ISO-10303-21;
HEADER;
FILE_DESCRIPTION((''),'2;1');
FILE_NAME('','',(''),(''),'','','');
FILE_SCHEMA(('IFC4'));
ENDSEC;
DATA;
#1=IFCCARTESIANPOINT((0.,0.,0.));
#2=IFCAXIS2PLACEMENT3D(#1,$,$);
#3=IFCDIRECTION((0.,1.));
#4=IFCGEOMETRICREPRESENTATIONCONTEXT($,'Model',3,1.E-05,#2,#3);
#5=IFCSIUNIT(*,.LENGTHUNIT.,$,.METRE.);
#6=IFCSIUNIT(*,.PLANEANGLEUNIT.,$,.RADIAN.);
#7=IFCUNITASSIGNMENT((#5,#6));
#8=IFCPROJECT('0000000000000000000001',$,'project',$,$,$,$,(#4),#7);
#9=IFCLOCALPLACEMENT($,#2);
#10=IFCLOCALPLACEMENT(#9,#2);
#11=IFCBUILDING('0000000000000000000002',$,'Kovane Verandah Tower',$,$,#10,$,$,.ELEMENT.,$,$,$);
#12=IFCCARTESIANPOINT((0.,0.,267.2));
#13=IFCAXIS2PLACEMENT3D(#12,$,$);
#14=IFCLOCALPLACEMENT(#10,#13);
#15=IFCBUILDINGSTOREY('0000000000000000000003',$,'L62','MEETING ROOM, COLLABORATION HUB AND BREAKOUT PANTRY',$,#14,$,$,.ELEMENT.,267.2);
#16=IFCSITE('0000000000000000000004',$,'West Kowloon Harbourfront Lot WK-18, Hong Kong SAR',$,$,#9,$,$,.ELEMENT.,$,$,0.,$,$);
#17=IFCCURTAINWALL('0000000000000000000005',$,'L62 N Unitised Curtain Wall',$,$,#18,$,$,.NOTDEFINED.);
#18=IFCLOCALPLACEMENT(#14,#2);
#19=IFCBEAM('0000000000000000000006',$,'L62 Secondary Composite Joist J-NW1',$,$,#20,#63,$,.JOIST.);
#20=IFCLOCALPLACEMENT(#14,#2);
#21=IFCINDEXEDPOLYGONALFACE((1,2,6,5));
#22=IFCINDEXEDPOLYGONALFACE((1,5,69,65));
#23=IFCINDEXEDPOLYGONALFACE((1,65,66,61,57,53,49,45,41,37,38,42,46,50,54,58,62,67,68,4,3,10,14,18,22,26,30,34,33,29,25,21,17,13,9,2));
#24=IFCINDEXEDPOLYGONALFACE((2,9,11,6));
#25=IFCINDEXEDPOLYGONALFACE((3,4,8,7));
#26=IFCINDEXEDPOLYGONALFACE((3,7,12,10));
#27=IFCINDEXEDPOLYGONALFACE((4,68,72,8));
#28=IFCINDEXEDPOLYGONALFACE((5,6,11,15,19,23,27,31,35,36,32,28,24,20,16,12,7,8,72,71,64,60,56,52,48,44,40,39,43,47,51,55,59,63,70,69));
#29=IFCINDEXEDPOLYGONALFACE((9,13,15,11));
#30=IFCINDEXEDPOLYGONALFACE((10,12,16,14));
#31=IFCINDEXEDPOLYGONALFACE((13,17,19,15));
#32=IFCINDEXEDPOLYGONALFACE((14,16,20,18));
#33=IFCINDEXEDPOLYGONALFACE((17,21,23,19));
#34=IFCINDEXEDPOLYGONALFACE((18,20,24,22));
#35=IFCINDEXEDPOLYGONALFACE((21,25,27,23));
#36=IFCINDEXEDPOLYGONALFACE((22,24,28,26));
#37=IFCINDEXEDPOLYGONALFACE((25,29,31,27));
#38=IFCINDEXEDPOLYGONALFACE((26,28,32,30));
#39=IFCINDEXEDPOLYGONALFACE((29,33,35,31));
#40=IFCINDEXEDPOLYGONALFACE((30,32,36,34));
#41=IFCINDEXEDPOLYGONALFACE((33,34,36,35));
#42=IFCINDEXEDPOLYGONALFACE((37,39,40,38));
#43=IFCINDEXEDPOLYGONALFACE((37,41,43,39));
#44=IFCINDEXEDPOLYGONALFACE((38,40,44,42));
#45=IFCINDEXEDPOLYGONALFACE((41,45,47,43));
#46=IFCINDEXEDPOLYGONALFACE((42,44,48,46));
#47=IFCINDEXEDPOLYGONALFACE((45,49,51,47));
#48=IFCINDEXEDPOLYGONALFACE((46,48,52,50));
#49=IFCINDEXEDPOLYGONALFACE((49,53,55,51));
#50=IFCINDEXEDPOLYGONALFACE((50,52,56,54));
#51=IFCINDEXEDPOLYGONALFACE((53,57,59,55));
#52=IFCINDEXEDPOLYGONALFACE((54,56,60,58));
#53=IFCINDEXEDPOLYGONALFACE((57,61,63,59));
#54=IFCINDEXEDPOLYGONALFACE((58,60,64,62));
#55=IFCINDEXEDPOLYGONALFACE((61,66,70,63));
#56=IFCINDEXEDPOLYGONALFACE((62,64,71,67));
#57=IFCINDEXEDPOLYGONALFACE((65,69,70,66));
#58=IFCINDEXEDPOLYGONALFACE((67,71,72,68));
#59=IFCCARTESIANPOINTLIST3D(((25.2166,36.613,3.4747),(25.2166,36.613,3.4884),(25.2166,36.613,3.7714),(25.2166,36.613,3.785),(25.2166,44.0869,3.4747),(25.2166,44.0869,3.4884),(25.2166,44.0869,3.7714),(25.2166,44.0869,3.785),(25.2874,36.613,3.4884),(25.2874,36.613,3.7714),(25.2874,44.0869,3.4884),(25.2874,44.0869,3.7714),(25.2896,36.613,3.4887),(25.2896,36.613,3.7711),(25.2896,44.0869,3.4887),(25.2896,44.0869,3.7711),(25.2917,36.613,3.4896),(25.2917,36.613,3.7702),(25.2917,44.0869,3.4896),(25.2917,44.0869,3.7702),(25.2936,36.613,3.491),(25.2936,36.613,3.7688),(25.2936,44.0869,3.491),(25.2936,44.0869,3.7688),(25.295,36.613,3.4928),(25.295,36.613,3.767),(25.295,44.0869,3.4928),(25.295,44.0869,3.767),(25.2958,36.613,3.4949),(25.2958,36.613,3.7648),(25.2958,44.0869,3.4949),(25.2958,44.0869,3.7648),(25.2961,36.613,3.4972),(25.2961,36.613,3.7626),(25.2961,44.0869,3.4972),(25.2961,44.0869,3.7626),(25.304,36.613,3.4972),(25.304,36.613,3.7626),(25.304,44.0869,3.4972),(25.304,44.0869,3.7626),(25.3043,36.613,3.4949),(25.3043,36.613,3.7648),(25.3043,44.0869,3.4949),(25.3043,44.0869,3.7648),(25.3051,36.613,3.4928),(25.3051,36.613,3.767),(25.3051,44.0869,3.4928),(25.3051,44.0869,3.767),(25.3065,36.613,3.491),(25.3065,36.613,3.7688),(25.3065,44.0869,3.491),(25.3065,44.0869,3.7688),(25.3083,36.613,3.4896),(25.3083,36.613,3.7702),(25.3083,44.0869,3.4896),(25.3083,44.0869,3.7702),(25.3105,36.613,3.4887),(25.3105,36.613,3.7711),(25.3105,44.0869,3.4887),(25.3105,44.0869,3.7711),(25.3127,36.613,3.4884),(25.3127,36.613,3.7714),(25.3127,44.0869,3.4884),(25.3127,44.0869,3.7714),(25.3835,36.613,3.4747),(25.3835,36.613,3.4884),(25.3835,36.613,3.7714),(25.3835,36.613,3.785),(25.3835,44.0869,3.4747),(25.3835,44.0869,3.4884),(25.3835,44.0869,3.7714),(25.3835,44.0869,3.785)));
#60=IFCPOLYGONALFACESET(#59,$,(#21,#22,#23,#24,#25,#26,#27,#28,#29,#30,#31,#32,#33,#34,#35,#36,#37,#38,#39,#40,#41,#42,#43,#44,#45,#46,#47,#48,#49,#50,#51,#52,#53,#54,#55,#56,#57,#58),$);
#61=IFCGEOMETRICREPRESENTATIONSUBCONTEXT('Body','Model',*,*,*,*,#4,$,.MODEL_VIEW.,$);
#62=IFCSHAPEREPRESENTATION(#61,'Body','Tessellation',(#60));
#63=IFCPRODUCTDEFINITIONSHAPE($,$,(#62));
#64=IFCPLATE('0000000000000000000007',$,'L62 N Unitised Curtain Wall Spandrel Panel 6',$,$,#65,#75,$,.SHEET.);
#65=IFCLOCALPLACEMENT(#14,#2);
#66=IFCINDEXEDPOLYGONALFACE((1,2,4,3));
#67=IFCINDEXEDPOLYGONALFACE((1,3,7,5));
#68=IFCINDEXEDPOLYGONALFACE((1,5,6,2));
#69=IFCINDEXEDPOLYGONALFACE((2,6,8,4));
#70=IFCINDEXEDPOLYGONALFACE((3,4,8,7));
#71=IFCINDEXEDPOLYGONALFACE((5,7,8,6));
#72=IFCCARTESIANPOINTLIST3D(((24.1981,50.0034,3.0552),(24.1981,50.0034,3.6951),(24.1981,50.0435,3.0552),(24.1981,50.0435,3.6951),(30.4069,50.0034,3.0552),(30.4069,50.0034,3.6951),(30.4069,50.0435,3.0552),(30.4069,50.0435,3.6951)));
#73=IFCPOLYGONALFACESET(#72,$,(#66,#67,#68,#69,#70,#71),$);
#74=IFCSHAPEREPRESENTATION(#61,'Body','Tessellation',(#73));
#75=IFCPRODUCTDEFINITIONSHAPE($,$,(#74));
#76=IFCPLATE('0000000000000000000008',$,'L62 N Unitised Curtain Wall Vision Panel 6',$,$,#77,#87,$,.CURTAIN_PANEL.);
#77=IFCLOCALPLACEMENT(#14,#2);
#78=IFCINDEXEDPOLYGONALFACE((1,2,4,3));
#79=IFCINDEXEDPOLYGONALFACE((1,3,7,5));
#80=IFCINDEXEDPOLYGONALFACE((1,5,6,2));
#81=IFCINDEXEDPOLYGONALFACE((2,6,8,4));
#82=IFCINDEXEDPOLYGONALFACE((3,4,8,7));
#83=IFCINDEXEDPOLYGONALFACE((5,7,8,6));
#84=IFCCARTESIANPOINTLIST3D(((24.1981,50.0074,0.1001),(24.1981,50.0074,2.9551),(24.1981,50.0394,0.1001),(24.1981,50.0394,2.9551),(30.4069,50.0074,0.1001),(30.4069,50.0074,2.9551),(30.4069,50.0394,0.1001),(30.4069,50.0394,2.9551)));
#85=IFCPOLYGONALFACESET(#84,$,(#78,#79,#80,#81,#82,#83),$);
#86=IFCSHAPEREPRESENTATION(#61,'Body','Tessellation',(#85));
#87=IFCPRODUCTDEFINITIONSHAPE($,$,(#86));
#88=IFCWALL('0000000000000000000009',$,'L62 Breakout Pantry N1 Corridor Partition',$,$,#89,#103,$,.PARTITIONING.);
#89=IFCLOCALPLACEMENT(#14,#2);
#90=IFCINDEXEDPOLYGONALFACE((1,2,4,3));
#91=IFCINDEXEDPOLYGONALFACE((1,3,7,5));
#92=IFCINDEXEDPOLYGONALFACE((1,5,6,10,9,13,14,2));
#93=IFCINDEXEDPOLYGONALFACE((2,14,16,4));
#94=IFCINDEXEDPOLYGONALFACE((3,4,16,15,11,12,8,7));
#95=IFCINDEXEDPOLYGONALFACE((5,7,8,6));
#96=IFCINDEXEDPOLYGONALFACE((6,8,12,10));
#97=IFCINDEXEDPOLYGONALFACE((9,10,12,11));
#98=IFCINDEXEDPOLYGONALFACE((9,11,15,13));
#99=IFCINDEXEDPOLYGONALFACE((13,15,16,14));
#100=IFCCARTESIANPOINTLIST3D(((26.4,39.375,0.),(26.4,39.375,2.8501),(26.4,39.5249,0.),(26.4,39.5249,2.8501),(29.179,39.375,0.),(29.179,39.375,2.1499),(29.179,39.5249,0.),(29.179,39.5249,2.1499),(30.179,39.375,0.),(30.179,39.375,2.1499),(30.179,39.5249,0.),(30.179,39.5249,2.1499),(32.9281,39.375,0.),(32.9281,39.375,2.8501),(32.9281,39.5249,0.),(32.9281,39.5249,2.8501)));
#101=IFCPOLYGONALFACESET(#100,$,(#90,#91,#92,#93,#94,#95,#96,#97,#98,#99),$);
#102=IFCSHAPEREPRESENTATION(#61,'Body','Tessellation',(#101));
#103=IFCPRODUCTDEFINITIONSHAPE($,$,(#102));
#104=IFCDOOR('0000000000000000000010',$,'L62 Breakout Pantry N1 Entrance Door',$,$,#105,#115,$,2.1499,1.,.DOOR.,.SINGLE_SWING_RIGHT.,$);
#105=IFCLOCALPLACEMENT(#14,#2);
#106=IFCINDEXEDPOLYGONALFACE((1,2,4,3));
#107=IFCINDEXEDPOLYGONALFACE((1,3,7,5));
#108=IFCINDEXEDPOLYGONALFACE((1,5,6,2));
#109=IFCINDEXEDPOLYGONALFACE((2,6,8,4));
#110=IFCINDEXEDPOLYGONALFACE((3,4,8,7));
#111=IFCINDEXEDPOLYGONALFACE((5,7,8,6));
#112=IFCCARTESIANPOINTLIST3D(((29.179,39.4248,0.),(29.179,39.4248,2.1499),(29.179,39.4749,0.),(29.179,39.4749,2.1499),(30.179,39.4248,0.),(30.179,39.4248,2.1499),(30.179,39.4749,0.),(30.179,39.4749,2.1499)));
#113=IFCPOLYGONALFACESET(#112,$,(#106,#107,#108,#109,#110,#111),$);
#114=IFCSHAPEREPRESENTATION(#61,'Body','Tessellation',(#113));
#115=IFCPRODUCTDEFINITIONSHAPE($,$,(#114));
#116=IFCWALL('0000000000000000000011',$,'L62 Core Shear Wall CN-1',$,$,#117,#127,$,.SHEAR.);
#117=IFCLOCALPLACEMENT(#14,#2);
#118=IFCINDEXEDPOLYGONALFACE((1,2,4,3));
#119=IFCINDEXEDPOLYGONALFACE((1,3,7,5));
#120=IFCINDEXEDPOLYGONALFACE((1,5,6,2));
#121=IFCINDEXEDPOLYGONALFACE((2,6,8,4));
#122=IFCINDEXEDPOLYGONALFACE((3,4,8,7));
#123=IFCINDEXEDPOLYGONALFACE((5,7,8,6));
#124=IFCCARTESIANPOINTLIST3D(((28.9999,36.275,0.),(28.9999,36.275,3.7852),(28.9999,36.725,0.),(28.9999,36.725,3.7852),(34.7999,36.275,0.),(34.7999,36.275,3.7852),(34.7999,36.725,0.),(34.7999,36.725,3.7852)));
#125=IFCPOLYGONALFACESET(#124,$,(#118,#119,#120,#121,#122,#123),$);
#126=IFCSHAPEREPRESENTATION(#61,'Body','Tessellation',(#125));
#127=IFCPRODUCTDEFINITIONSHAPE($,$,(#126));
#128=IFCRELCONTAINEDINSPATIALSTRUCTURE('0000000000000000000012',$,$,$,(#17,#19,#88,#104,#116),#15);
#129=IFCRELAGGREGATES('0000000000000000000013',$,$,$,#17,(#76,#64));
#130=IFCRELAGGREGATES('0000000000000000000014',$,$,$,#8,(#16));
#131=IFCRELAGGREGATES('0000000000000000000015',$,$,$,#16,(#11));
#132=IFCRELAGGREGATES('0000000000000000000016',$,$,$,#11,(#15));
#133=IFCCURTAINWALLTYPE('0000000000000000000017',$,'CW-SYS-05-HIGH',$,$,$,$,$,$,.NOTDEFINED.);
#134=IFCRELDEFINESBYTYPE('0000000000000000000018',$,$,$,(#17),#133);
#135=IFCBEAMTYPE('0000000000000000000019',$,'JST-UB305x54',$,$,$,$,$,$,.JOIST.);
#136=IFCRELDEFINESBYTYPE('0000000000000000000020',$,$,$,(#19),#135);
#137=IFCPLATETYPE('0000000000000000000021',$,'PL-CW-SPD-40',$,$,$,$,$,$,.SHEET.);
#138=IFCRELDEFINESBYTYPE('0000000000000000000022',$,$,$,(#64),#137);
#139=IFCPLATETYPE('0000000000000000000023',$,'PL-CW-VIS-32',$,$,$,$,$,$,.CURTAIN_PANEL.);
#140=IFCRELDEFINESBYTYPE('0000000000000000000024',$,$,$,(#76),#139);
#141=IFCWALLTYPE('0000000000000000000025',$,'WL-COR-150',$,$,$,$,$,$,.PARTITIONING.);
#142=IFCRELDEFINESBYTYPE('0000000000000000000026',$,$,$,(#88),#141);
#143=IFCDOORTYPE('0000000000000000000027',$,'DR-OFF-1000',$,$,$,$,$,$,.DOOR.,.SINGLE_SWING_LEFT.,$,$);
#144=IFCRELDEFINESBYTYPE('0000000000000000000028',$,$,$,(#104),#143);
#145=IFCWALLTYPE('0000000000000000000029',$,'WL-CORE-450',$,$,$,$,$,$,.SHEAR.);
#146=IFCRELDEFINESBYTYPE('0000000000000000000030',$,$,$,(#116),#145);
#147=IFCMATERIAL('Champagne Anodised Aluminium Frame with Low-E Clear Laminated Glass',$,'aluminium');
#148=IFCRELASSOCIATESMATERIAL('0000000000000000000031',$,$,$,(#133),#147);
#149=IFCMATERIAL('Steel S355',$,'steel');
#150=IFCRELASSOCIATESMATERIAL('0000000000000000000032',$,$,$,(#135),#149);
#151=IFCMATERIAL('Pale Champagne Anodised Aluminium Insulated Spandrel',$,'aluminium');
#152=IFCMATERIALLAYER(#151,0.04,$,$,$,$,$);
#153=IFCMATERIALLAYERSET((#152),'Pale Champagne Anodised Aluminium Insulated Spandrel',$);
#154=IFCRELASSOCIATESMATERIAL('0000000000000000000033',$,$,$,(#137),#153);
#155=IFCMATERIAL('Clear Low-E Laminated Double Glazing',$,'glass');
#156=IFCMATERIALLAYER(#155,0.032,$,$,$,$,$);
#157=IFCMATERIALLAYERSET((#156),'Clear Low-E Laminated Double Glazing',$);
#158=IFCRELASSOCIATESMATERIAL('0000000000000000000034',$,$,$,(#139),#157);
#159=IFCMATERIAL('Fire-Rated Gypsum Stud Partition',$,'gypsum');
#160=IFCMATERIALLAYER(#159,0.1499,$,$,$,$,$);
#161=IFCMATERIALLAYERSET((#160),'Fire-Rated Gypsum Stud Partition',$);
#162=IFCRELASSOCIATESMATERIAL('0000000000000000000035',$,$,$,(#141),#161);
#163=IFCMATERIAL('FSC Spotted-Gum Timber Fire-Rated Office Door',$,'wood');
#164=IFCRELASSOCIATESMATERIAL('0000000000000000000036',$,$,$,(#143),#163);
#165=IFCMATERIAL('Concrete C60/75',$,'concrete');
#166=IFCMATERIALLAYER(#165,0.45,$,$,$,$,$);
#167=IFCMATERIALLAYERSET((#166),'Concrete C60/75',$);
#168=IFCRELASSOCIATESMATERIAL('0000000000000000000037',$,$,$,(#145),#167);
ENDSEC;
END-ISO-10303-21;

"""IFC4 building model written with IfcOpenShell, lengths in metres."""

from ifc_helpers import new_model, si_unit, direction, frame, frame_2d, origin, origin_2d, place, context, subcontext, project, spatial, rectangle, i_section, extrude, material, layer, layer_set, material_profile, profile_set, type_object, element, fill, aggregate, save


model = new_model("IFC4")

# Units and contexts
model_context = context("Model", 3, precision=1e-05, world=origin(), true_north=direction((0.0, 1.0)))
body_context = subcontext(model_context, "Body", "Model", "MODEL_VIEW")
ifc_project = project(units=[si_unit("LENGTHUNIT", "METRE"), si_unit("PLANEANGLEUNIT", "RADIAN")], contexts=[model_context])

# Site, building, storey
site_placement = place(None, origin())
site = spatial("IfcSite", under=ifc_project, at=site_placement, Name="West Kowloon Harbourfront Lot WK-18, Hong Kong SAR", CompositionType="ELEMENT", RefElevation=0.0)
building_placement = place(site_placement, origin())
building = spatial("IfcBuilding", under=site, at=building_placement, Name="Kovane Verandah Tower", CompositionType="ELEMENT")
storey_placement = place(building_placement, frame((0.0, 0.0, 267.2)))
storey = spatial("IfcBuildingStorey", under=building, at=storey_placement, Name="L62", Description="MEETING ROOM, COLLABORATION HUB AND BREAKOUT PANTRY", CompositionType="ELEMENT", Elevation=267.2)

# Shared definitions
ifc_material_1 = material(Name="Concrete C60/75", Category="concrete")

# Shared definitions
ifc_material_2 = material(Name="Steel S355", Category="steel")

# Curtain wall
ifc_material_3 = material(Name="Champagne Anodised Aluminium Frame with Low-E Clear Laminated Glass", Category="aluminium")
curtain_wall_type = type_object("IfcCurtainWallType", Name="CW-SYS-05-HIGH", PredefinedType="NOTDEFINED", material=ifc_material_3)
curtain_wall_placement = place(storey_placement, origin())
curtain_wall = element("IfcCurtainWall", 1, at=curtain_wall_placement, inside=storey, type_object=curtain_wall_type, Name="L62 N Unitised Curtain Wall", PredefinedType="NOTDEFINED")

# Beam
ifc_material_profile_1 = material_profile(ifc_material_2, i_section(OverallWidth=0.167, OverallDepth=0.3103, WebThickness=0.0078, FlangeThickness=0.0137, FilletRadius=0.0088, at=origin_2d()), Name="UB305x165x54")
ifc_profile_set_1 = profile_set([ifc_material_profile_1], Name="Steel S355")
beam_type_1 = type_object("IfcBeamType", Name="JST-UB305x54", PredefinedType="JOIST", material=ifc_profile_set_1)
beam_1_placement = place(storey_placement, frame((25.3, 36.613, 3.6299), z_axis=(0.0, 1.0, 0.0), x_axis=(-1.0, 0.0, 0.0)))
element("IfcBeam", 2, at=beam_1_placement, inside=storey, type_object=beam_type_1, Name="L62 Secondary Composite Joist J-NW1", PredefinedType="JOIST", context=body_context, shape_type="SweptSolid", body=[
    extrude(i_section(OverallWidth=0.167, OverallDepth=0.3103, WebThickness=0.0078, FlangeThickness=0.0137, FilletRadius=0.0088, at=origin_2d()), origin(), (0.0, 0.0, 1.0), 7.4739),
])

# Plates
ifc_material_4 = material(Name="Pale Champagne Anodised Aluminium Insulated Spandrel", Category="aluminium")
ifc_layer_1 = layer(ifc_material_4, 0.04)
ifc_layer_set_1 = layer_set([ifc_layer_1], Name="Pale Champagne Anodised Aluminium Insulated Spandrel")
plate_type_1 = type_object("IfcPlateType", Name="PL-CW-SPD-40", PredefinedType="SHEET", material=ifc_layer_set_1)
plate_1_placement = place(storey_placement, frame((27.3025, 50.0234, 3.0552), z_axis=(0.0, 0.0, 1.0), x_axis=(-1.0, 0.0, 0.0)))
plate_1 = element("IfcPlate", 3, at=plate_1_placement, type_object=plate_type_1, Name="L62 N Unitised Curtain Wall Spandrel Panel 6", PredefinedType="SHEET", context=body_context, shape_type="SweptSolid", body=[
    extrude(rectangle(XDim=6.2087, YDim=0.04, at=origin_2d()), origin(), (0.0, 0.0, 1.0), 0.6399),
])
ifc_material_5 = material(Name="Clear Low-E Laminated Double Glazing", Category="glass")
ifc_layer_2 = layer(ifc_material_5, 0.032)
ifc_layer_set_2 = layer_set([ifc_layer_2], Name="Clear Low-E Laminated Double Glazing")
plate_type_2 = type_object("IfcPlateType", Name="PL-CW-VIS-32", PredefinedType="CURTAIN_PANEL", material=ifc_layer_set_2)
plate_2_placement = place(storey_placement, frame((27.3025, 50.0234, 0.1001), z_axis=(0.0, 0.0, 1.0), x_axis=(-1.0, 0.0, 0.0)))
plate_2 = element("IfcPlate", 4, at=plate_2_placement, type_object=plate_type_2, Name="L62 N Unitised Curtain Wall Vision Panel 6", PredefinedType="CURTAIN_PANEL", context=body_context, shape_type="SweptSolid", body=[
    extrude(rectangle(XDim=6.2087, YDim=0.032, at=origin_2d()), origin(), (0.0, 0.0, 1.0), 2.855),
])
aggregate(curtain_wall, [plate_2, plate_1])

# Wall, opening, door
ifc_material_6 = material(Name="Fire-Rated Gypsum Stud Partition", Category="gypsum")
ifc_layer_3 = layer(ifc_material_6, 0.1499)
ifc_layer_set_3 = layer_set([ifc_layer_3], Name="Fire-Rated Gypsum Stud Partition")
wall_type_1 = type_object("IfcWallType", Name="WL-COR-150", PredefinedType="PARTITIONING", material=ifc_layer_set_3)
wall_1_placement = place(storey_placement, frame((26.3999, 39.45, 0.0), z_axis=(0.0, 0.0, 1.0), x_axis=(1.0, 0.0, 0.0)))
wall_1 = element("IfcWall", 5, at=wall_1_placement, inside=storey, type_object=wall_type_1, Name="L62 Breakout Pantry N1 Corridor Partition", PredefinedType="PARTITIONING", context=body_context, shape_type="SweptSolid", body=[
    extrude(rectangle(XDim=6.5281, YDim=0.1499, at=frame_2d((3.2642, 0.0))), origin(), (0.0, 0.0, 1.0), 2.8501),
])
opening_placement = place(wall_1_placement, frame((2.7791, 0.0, 0.0)))
opening = element("IfcOpeningElement", 6, at=opening_placement, cuts=wall_1, PredefinedType="OPENING", context=body_context, shape_type="SweptSolid", body=[
    extrude(rectangle(XDim=1.0, YDim=2.1499, at=frame_2d((0.5, 1.075))), frame((0.0, 0.075, 0.0), z_axis=(0.0, -1.0, 0.0), x_axis=(1.0, 0.0, 0.0)), (0.0, 0.0, 1.0), 0.1499),
])
ifc_material_7 = material(Name="FSC Spotted-Gum Timber Fire-Rated Office Door", Category="wood")
door_type = type_object("IfcDoorType", Name="DR-OFF-1000", OperationType="SINGLE_SWING_LEFT", PredefinedType="DOOR", material=ifc_material_7)
door_placement = place(opening_placement, origin())
door = element("IfcDoor", 7, at=door_placement, inside=storey, type_object=door_type, Name="L62 Breakout Pantry N1 Entrance Door", OperationType="SINGLE_SWING_RIGHT", OverallHeight=2.1499, OverallWidth=1.0, PredefinedType="DOOR", context=body_context, shape_type="SweptSolid", body=[
    extrude(rectangle(XDim=1.0, YDim=2.1499, at=frame_2d((0.5, 1.075))), frame((0.0, 0.0249, 0.0), z_axis=(0.0, -1.0, 0.0), x_axis=(1.0, 0.0, 0.0)), (0.0, 0.0, 1.0), 0.05),
])
fill(opening, door)

# Wall
ifc_layer_4 = layer(ifc_material_1, 0.45)
ifc_layer_set_4 = layer_set([ifc_layer_4], Name="Concrete C60/75")
wall_type_2 = type_object("IfcWallType", Name="WL-CORE-450", PredefinedType="SHEAR", material=ifc_layer_set_4)
wall_2_placement = place(storey_placement, frame((29.0, 36.5, 0.0), z_axis=(0.0, 0.0, 1.0), x_axis=(1.0, 0.0, 0.0)))
element("IfcWall", 8, at=wall_2_placement, inside=storey, type_object=wall_type_2, Name="L62 Core Shear Wall CN-1", PredefinedType="SHEAR", context=body_context, shape_type="SweptSolid", body=[
    extrude(rectangle(XDim=5.8, YDim=0.45, at=frame_2d((2.8999, 0.0))), origin(), (0.0, 0.0, 1.0), 3.7852),
])

save(model, "model.ifc")
